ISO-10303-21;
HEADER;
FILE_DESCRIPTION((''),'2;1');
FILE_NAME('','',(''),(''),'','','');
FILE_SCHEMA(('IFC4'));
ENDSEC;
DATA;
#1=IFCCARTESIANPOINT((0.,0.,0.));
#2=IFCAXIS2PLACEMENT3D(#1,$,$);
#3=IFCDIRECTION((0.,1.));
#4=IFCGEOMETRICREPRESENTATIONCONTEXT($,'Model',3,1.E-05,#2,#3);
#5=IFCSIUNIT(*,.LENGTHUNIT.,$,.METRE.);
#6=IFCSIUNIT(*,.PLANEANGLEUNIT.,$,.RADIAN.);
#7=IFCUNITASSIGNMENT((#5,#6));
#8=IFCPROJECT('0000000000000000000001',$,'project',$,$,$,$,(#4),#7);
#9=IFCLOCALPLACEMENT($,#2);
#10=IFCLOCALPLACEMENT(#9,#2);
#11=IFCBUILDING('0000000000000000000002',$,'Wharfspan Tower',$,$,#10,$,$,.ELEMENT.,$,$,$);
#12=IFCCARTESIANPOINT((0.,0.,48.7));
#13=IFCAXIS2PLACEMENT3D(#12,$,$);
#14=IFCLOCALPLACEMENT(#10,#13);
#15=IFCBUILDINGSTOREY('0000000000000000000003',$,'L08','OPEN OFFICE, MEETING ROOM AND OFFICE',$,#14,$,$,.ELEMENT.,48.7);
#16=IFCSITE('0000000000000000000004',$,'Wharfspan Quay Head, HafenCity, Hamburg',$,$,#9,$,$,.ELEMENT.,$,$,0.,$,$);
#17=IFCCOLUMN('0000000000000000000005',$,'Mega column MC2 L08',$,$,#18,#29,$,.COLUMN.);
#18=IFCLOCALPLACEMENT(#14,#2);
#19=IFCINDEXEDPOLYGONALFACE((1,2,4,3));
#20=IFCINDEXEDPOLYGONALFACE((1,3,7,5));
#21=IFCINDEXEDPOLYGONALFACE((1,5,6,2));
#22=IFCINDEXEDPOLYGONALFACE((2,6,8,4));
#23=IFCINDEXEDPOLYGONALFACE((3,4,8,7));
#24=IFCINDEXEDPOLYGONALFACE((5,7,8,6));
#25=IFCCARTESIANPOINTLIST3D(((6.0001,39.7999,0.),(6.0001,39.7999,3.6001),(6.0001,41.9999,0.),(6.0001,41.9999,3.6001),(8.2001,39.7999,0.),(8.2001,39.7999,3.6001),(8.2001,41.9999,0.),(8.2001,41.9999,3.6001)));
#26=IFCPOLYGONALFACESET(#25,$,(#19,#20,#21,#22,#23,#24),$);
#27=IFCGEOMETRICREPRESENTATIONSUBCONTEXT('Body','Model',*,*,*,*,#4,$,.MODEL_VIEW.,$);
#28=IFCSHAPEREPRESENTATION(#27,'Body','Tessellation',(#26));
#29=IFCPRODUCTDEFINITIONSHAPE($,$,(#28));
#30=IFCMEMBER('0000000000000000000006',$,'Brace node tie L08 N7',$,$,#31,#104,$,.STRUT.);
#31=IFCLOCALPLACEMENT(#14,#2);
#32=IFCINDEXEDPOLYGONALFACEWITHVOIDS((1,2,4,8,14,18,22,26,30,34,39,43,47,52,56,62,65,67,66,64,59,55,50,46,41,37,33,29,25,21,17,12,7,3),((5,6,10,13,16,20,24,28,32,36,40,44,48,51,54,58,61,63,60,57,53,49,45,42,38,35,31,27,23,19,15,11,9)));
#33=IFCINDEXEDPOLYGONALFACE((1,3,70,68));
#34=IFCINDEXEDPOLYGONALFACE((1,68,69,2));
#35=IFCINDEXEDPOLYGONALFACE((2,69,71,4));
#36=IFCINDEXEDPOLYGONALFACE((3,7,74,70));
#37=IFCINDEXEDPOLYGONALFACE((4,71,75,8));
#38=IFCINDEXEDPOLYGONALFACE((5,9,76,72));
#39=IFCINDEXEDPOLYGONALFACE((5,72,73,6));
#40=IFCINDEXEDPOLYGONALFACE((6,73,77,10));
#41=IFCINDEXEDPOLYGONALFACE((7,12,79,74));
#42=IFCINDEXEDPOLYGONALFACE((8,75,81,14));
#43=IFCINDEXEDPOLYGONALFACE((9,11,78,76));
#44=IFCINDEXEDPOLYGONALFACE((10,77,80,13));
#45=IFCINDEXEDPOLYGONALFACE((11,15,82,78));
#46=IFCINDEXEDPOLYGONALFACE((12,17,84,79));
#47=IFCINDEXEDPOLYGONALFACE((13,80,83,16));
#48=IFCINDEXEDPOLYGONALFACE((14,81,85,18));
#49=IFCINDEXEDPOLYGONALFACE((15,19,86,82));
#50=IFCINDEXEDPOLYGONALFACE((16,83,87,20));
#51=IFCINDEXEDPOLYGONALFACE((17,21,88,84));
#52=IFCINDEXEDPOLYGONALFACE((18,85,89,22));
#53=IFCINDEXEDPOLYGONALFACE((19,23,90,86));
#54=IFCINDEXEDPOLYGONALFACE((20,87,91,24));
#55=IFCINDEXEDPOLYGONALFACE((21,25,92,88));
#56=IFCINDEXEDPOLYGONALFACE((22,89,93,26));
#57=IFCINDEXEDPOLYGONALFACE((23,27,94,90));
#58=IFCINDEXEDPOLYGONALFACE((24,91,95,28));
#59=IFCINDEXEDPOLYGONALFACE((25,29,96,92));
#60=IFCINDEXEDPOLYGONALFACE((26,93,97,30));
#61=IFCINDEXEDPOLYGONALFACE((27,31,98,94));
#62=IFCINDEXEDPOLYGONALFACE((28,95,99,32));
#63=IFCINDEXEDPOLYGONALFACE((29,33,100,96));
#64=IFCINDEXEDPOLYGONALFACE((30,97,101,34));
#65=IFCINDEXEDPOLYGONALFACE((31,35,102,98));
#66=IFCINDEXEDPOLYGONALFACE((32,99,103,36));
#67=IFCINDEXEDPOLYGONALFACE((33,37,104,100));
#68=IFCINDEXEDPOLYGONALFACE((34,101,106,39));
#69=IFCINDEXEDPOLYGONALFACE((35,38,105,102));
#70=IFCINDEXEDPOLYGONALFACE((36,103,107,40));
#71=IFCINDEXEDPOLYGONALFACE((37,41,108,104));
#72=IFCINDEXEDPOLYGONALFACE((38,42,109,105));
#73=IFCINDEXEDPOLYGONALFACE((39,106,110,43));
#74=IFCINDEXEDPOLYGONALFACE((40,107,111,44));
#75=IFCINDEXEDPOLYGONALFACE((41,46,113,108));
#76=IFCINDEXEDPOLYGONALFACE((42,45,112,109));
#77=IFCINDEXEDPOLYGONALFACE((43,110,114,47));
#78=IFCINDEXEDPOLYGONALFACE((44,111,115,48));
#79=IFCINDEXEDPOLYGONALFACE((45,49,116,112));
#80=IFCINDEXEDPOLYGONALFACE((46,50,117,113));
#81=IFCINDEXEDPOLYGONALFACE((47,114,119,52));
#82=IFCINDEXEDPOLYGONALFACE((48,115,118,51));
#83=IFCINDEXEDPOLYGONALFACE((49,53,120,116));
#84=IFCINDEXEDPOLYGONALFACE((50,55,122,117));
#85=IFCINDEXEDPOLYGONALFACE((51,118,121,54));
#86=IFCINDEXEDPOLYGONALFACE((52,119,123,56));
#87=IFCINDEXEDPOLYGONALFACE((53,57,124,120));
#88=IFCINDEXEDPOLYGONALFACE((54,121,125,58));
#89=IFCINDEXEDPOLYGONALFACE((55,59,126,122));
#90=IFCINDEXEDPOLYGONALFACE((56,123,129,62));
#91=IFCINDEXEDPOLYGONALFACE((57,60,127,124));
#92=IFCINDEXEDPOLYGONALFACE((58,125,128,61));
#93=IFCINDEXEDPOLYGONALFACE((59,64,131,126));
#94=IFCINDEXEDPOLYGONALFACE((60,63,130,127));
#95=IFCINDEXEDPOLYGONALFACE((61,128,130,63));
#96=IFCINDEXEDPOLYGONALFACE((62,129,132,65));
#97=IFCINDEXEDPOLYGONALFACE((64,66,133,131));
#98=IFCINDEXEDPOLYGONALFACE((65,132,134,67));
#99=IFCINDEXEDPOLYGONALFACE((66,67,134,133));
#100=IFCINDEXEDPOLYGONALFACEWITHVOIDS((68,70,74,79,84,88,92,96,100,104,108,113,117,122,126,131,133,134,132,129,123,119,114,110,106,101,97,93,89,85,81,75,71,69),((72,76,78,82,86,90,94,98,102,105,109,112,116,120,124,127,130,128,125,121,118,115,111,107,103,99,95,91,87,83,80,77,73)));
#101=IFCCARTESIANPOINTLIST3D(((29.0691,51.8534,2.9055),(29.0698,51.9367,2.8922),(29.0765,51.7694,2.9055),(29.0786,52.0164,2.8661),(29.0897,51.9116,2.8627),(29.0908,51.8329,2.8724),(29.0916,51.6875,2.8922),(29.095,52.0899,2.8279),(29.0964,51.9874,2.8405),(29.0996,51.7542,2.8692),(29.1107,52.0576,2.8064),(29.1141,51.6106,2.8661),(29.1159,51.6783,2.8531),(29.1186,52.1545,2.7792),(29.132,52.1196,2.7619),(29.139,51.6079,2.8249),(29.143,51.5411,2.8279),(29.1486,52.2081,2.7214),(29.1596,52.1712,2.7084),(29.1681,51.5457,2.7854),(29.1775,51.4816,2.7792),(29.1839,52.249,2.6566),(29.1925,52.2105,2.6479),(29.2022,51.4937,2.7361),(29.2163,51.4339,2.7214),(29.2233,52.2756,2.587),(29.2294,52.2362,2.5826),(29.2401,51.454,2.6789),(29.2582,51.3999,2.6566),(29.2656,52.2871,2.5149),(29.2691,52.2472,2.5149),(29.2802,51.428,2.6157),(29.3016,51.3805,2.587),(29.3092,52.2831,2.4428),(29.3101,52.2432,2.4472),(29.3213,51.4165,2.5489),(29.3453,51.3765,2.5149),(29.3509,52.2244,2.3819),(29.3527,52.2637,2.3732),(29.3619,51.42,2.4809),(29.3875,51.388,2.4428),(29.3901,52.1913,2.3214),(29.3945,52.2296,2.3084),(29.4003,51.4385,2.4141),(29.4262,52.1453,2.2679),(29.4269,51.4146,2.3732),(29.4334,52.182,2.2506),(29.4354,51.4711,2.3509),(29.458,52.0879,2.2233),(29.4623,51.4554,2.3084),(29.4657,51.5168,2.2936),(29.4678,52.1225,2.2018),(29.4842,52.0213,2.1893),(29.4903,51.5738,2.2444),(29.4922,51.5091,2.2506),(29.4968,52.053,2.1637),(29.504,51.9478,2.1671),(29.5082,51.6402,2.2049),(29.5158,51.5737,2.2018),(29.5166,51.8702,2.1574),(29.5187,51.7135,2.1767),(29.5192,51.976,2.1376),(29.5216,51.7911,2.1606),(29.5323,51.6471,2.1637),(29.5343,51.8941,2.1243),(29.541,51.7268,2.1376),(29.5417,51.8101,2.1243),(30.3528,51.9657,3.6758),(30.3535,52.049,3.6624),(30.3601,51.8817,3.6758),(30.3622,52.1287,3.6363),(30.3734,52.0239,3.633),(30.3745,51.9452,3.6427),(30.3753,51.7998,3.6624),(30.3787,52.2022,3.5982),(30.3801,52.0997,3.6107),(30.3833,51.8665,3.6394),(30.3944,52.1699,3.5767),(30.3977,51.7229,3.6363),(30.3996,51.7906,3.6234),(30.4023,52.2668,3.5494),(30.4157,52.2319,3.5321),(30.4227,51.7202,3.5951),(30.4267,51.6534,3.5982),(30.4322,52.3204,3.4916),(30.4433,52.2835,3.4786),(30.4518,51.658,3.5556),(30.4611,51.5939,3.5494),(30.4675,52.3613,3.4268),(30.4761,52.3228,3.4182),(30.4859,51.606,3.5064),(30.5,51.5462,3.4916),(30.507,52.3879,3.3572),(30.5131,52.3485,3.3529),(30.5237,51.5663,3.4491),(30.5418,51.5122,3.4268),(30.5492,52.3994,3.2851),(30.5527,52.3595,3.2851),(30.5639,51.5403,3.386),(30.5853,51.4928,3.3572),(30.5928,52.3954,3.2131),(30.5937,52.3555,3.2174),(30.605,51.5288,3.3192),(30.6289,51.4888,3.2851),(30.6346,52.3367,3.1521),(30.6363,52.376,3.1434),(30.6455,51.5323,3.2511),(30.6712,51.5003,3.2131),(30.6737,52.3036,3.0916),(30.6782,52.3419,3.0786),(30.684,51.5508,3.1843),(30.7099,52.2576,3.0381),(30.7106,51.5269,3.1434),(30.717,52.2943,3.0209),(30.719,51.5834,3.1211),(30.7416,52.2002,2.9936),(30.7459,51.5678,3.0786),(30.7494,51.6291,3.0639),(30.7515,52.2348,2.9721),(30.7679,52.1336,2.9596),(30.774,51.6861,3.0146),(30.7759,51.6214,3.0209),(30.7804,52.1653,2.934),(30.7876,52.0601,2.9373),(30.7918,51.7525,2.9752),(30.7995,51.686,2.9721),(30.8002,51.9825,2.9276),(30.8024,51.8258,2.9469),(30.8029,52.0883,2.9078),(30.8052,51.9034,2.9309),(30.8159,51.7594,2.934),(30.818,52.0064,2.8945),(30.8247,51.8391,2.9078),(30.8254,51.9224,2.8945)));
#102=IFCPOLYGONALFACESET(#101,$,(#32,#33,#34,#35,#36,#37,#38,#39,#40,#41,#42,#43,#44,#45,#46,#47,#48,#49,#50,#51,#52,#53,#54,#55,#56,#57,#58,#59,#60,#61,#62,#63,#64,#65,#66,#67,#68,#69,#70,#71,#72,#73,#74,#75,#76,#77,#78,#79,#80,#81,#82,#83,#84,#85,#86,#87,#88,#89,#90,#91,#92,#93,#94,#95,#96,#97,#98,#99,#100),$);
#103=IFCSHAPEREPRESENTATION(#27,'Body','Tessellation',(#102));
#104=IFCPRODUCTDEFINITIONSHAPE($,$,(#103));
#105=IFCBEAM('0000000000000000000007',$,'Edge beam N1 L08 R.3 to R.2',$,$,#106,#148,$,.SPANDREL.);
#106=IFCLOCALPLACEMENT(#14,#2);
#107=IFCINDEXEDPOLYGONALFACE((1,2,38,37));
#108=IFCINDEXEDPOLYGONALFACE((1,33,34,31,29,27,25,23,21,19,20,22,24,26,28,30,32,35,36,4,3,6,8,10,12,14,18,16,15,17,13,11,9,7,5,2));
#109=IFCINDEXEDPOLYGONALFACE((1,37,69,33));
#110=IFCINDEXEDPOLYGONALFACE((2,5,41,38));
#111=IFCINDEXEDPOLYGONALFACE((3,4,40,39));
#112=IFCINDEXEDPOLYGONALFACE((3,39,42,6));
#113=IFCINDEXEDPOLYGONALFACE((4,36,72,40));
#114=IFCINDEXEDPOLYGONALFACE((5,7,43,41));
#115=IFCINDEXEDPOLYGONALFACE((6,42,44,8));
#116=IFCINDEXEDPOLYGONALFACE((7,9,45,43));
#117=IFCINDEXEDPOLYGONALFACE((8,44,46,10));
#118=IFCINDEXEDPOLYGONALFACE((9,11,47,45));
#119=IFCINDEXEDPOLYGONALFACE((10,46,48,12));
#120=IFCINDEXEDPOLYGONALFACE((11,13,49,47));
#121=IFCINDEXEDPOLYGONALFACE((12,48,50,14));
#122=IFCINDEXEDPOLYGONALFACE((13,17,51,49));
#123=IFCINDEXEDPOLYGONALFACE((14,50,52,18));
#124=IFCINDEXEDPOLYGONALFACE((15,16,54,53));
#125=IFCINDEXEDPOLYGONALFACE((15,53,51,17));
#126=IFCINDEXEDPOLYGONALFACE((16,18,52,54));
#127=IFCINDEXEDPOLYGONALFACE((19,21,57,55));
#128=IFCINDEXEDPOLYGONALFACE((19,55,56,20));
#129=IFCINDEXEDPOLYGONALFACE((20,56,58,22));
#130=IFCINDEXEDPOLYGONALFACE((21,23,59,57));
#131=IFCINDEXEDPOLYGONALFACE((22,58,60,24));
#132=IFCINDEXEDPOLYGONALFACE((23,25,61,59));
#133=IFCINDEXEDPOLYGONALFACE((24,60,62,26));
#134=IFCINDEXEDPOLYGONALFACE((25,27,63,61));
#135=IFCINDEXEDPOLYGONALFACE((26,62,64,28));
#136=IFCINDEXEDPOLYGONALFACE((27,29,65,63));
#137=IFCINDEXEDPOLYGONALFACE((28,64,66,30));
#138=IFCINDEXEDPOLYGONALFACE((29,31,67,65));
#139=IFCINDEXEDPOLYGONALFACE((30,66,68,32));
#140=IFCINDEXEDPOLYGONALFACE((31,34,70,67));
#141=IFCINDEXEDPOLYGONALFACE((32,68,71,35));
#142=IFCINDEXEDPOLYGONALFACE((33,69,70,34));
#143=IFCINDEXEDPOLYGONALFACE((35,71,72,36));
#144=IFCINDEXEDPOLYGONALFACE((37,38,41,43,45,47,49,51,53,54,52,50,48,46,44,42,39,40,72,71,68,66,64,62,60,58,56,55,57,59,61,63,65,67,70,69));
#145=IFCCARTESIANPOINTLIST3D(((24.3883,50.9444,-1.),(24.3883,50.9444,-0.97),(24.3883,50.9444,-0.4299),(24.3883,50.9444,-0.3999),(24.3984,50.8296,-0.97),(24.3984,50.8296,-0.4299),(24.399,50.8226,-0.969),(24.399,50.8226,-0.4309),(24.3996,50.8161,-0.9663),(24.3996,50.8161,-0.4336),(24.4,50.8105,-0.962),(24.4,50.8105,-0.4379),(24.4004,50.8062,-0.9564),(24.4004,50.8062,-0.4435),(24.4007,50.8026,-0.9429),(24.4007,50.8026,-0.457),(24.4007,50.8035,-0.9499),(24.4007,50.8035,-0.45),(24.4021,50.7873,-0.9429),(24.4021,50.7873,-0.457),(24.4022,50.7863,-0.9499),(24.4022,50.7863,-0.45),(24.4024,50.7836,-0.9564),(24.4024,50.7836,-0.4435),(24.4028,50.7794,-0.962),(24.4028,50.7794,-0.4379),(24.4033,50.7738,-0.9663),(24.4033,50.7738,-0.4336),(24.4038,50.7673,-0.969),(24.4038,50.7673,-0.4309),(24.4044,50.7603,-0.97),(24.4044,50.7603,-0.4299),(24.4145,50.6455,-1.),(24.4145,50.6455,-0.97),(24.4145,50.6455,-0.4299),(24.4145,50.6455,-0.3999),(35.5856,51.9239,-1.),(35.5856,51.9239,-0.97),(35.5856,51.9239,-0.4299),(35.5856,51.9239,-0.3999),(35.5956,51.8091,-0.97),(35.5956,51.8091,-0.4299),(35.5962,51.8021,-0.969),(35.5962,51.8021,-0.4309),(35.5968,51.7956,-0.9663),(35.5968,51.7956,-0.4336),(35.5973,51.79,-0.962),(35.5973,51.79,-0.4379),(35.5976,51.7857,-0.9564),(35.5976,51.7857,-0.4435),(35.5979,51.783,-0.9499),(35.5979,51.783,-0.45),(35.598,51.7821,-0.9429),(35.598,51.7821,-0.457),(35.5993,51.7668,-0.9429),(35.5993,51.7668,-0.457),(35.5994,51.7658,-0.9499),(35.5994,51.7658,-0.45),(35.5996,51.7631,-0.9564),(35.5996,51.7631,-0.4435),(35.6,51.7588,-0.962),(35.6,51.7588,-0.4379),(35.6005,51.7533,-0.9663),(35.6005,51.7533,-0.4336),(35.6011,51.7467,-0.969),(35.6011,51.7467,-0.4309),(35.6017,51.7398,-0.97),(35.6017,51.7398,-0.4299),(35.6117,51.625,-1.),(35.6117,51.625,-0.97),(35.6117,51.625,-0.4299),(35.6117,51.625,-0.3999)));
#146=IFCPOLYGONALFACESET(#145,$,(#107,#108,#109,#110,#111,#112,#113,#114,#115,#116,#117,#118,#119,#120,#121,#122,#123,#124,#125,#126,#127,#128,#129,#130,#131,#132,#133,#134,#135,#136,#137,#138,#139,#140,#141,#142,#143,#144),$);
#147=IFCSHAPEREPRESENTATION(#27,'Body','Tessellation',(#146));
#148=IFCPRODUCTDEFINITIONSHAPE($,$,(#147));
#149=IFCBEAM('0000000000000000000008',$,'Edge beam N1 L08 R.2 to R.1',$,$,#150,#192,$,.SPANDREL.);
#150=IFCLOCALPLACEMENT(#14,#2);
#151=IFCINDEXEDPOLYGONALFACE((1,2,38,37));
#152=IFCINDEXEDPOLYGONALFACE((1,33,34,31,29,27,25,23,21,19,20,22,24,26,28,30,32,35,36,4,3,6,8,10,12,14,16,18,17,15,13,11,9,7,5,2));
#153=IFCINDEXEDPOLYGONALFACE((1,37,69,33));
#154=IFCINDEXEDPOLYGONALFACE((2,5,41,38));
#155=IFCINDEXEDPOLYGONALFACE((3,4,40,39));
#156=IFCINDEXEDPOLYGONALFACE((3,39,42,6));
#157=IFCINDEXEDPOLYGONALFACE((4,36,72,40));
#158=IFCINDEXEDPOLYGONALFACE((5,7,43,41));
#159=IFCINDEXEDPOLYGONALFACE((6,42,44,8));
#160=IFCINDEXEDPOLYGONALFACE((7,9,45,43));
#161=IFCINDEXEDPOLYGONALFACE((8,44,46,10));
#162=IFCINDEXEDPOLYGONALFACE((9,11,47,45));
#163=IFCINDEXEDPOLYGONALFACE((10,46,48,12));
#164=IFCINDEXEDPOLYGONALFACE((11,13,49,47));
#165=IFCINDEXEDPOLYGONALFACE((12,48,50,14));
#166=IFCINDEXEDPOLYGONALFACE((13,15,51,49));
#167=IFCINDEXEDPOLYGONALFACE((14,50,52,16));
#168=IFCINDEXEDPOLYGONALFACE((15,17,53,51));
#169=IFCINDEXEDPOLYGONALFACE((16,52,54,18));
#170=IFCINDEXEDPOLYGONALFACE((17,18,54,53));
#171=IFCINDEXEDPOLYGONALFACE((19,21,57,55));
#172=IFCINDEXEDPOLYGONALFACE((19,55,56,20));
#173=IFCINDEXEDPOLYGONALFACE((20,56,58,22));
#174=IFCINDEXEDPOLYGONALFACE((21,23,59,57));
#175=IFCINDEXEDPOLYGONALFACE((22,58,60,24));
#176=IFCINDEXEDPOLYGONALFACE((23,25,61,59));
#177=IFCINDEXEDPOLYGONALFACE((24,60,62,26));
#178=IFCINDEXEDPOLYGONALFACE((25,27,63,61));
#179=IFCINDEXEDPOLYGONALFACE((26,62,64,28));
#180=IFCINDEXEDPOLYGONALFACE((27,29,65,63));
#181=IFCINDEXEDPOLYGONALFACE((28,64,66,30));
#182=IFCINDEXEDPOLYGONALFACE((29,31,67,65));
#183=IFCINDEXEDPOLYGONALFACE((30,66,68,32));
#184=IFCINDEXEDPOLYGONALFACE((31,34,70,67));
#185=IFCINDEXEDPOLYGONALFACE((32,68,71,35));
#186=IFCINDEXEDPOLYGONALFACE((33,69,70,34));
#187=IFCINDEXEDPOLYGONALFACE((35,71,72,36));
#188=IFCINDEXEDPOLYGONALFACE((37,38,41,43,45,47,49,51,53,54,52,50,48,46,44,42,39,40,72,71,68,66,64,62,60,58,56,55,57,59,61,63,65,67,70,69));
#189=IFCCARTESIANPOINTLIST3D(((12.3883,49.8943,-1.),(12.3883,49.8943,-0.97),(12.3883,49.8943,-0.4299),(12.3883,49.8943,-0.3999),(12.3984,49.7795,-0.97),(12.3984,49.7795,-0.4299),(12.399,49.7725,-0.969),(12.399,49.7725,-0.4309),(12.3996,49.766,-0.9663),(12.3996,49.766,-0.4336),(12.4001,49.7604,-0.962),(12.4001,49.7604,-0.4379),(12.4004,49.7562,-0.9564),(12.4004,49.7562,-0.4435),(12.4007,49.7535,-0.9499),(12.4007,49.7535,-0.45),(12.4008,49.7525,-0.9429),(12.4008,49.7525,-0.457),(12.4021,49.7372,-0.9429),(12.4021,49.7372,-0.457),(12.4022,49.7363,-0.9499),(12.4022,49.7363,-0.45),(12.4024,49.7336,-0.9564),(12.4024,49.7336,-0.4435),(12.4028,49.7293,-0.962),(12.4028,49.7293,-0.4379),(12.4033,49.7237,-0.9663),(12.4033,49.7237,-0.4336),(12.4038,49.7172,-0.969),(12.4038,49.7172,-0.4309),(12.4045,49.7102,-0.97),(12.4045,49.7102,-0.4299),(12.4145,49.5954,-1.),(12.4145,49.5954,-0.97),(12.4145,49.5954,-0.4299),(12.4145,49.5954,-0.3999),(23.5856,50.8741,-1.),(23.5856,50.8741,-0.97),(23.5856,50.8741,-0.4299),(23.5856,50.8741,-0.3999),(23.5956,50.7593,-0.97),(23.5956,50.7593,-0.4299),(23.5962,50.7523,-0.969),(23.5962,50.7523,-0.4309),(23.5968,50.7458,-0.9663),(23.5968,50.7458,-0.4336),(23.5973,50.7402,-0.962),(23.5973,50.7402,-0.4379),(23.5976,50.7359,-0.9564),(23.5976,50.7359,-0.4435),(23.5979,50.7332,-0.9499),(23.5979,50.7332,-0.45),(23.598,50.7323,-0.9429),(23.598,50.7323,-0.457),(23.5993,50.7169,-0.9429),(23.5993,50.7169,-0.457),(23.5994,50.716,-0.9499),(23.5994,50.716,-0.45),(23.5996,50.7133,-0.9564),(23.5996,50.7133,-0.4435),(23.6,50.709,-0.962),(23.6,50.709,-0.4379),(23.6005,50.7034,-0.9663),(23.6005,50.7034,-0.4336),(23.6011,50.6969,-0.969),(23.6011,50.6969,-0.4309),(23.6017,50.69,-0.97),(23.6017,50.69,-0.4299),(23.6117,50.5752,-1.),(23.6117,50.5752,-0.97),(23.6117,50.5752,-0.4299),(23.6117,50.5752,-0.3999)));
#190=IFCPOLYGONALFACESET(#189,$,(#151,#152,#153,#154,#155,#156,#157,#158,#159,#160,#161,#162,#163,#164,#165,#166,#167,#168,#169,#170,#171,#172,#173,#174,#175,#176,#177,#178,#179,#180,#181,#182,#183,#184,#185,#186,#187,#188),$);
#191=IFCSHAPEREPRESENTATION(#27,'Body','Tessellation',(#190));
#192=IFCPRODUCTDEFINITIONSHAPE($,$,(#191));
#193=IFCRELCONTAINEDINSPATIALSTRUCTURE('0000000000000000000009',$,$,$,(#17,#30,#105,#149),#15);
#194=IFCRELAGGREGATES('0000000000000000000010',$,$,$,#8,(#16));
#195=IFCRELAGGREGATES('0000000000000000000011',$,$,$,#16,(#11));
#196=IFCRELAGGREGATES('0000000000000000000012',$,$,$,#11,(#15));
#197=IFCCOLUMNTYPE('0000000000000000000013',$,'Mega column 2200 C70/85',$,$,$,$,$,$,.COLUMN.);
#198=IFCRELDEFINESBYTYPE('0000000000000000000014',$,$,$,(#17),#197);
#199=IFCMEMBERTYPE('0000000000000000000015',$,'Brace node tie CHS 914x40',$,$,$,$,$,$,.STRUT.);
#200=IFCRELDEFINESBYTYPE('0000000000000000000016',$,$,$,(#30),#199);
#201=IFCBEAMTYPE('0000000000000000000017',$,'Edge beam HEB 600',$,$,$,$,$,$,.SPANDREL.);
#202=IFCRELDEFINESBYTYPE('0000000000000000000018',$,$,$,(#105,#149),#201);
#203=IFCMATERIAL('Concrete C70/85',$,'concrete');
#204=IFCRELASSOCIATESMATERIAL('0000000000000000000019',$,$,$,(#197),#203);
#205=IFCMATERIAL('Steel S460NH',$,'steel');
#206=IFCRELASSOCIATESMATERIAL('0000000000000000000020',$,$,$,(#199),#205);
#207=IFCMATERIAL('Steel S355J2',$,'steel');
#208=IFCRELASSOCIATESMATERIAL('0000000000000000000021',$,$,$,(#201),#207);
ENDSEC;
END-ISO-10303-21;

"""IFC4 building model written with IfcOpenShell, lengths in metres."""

from ifc_helpers import new_model, si_unit, direction, frame, origin, origin_2d, place, context, subcontext, project, spatial, rectangle, hollow_circle, i_section, extrude, material, material_profile, profile_set, type_object, element, save


model = new_model("IFC4")

# Units and contexts
model_context = context("Model", 3, precision=1e-05, world=origin(), true_north=direction((0.0, 1.0)))
body_context = subcontext(model_context, "Body", "Model", "MODEL_VIEW")
ifc_project = project(units=[si_unit("LENGTHUNIT", "METRE"), si_unit("PLANEANGLEUNIT", "RADIAN")], contexts=[model_context])

# Site, building, storey
site_placement = place(None, origin())
site = spatial("IfcSite", under=ifc_project, at=site_placement, Name="Wharfspan Quay Head, HafenCity, Hamburg", CompositionType="ELEMENT", RefElevation=0.0)
building_placement = place(site_placement, origin())
building = spatial("IfcBuilding", under=site, at=building_placement, Name="Wharfspan Tower", CompositionType="ELEMENT")
storey_placement = place(building_placement, frame((0.0, 0.0, 48.7)))
storey = spatial("IfcBuildingStorey", under=building, at=storey_placement, Name="L08", Description="OPEN OFFICE, MEETING ROOM AND OFFICE", CompositionType="ELEMENT", Elevation=48.7)

# Column
ifc_material_1 = material(Name="Steel S355J2", Category="steel")
ifc_material_2 = material(Name="Concrete C70/85", Category="concrete")
ifc_material_profile_1 = material_profile(ifc_material_2, rectangle(XDim=2.2, YDim=2.2, at=origin_2d()))
ifc_profile_set_1 = profile_set([ifc_material_profile_1], Name="Concrete C70/85")
column_type_1 = type_object("IfcColumnType", Name="Mega column 2200 C70/85", PredefinedType="COLUMN", material=ifc_profile_set_1)
column_1_placement = place(storey_placement, frame((7.1001, 40.8999, 0.0), z_axis=(0.0, 0.0, 1.0), x_axis=(1.0, 0.0, 0.0)))
element("IfcColumn", 1, at=column_1_placement, inside=storey, type_object=column_type_1, Name="Mega column MC2 L08", PredefinedType="COLUMN", context=body_context, shape_type="SweptSolid", body=[
    extrude(rectangle(XDim=2.2, YDim=2.2, at=origin_2d()), origin(), (0.0, 0.0, 1.0), 3.6001),
])

# Member
ifc_material_3 = material(Name="Steel S460NH", Category="steel")
ifc_material_profile_2 = material_profile(ifc_material_3, hollow_circle(Radius=0.457, WallThickness=0.04, at=origin_2d()))
ifc_profile_set_2 = profile_set([ifc_material_profile_2], Name="Steel S460NH")
member_type_1 = type_object("IfcMemberType", Name="Brace node tie CHS 914x40", PredefinedType="STRUT", material=ifc_profile_set_2)
member_placement = place(storey_placement, frame((29.3054, 51.8318, 2.5149), z_axis=(0.855076, 0.074807, 0.513078), x_axis=(-0.087153, 0.996196, 0.0)))
element("IfcMember", 2, at=member_placement, inside=storey, type_object=member_type_1, Name="Brace node tie L08 N7", PredefinedType="STRUT", context=body_context, shape_type="SweptSolid", body=[
    extrude(hollow_circle(Radius=0.457, WallThickness=0.04, at=origin_2d()), origin(), (0.0, 0.0, 1.0), 1.5012),
])

# Beams
ifc_material_profile_3 = material_profile(ifc_material_1, i_section(OverallWidth=0.3, OverallDepth=0.6001, WebThickness=0.0154, FlangeThickness=0.03, FilletRadius=0.0271, at=origin_2d()))
ifc_profile_set_3 = profile_set([ifc_material_profile_3], Name="Steel S355J2")
beam_type = type_object("IfcBeamType", Name="Edge beam HEB 600", PredefinedType="SPANDREL", material=ifc_profile_set_3)
for number, where, z_axis, x_axis, name in (
    (3, (35.5986, 51.7744, -0.7), (-0.996196, -0.087143, 0.0), (0.087143, -0.996196, 0.0), "Edge beam N1 L08 R.3 to R.2"),
    (4, (23.5986, 50.7246, -0.7), (-0.996194, -0.087165, 0.0), (0.087165, -0.996194, 0.0), "Edge beam N1 L08 R.2 to R.1"),
):
    element("IfcBeam", number, at=place(storey_placement, frame(where, z_axis=z_axis, x_axis=x_axis)), inside=storey, type_object=beam_type, Name=name, PredefinedType="SPANDREL", context=body_context, shape_type="SweptSolid", body=[
        extrude(i_section(OverallWidth=0.3, OverallDepth=0.6001, WebThickness=0.0154, FlangeThickness=0.03, FilletRadius=0.0271, at=origin_2d()), origin(), (0.0, 0.0, 1.0), 11.24),
    ])

save(model, "model.ifc")
